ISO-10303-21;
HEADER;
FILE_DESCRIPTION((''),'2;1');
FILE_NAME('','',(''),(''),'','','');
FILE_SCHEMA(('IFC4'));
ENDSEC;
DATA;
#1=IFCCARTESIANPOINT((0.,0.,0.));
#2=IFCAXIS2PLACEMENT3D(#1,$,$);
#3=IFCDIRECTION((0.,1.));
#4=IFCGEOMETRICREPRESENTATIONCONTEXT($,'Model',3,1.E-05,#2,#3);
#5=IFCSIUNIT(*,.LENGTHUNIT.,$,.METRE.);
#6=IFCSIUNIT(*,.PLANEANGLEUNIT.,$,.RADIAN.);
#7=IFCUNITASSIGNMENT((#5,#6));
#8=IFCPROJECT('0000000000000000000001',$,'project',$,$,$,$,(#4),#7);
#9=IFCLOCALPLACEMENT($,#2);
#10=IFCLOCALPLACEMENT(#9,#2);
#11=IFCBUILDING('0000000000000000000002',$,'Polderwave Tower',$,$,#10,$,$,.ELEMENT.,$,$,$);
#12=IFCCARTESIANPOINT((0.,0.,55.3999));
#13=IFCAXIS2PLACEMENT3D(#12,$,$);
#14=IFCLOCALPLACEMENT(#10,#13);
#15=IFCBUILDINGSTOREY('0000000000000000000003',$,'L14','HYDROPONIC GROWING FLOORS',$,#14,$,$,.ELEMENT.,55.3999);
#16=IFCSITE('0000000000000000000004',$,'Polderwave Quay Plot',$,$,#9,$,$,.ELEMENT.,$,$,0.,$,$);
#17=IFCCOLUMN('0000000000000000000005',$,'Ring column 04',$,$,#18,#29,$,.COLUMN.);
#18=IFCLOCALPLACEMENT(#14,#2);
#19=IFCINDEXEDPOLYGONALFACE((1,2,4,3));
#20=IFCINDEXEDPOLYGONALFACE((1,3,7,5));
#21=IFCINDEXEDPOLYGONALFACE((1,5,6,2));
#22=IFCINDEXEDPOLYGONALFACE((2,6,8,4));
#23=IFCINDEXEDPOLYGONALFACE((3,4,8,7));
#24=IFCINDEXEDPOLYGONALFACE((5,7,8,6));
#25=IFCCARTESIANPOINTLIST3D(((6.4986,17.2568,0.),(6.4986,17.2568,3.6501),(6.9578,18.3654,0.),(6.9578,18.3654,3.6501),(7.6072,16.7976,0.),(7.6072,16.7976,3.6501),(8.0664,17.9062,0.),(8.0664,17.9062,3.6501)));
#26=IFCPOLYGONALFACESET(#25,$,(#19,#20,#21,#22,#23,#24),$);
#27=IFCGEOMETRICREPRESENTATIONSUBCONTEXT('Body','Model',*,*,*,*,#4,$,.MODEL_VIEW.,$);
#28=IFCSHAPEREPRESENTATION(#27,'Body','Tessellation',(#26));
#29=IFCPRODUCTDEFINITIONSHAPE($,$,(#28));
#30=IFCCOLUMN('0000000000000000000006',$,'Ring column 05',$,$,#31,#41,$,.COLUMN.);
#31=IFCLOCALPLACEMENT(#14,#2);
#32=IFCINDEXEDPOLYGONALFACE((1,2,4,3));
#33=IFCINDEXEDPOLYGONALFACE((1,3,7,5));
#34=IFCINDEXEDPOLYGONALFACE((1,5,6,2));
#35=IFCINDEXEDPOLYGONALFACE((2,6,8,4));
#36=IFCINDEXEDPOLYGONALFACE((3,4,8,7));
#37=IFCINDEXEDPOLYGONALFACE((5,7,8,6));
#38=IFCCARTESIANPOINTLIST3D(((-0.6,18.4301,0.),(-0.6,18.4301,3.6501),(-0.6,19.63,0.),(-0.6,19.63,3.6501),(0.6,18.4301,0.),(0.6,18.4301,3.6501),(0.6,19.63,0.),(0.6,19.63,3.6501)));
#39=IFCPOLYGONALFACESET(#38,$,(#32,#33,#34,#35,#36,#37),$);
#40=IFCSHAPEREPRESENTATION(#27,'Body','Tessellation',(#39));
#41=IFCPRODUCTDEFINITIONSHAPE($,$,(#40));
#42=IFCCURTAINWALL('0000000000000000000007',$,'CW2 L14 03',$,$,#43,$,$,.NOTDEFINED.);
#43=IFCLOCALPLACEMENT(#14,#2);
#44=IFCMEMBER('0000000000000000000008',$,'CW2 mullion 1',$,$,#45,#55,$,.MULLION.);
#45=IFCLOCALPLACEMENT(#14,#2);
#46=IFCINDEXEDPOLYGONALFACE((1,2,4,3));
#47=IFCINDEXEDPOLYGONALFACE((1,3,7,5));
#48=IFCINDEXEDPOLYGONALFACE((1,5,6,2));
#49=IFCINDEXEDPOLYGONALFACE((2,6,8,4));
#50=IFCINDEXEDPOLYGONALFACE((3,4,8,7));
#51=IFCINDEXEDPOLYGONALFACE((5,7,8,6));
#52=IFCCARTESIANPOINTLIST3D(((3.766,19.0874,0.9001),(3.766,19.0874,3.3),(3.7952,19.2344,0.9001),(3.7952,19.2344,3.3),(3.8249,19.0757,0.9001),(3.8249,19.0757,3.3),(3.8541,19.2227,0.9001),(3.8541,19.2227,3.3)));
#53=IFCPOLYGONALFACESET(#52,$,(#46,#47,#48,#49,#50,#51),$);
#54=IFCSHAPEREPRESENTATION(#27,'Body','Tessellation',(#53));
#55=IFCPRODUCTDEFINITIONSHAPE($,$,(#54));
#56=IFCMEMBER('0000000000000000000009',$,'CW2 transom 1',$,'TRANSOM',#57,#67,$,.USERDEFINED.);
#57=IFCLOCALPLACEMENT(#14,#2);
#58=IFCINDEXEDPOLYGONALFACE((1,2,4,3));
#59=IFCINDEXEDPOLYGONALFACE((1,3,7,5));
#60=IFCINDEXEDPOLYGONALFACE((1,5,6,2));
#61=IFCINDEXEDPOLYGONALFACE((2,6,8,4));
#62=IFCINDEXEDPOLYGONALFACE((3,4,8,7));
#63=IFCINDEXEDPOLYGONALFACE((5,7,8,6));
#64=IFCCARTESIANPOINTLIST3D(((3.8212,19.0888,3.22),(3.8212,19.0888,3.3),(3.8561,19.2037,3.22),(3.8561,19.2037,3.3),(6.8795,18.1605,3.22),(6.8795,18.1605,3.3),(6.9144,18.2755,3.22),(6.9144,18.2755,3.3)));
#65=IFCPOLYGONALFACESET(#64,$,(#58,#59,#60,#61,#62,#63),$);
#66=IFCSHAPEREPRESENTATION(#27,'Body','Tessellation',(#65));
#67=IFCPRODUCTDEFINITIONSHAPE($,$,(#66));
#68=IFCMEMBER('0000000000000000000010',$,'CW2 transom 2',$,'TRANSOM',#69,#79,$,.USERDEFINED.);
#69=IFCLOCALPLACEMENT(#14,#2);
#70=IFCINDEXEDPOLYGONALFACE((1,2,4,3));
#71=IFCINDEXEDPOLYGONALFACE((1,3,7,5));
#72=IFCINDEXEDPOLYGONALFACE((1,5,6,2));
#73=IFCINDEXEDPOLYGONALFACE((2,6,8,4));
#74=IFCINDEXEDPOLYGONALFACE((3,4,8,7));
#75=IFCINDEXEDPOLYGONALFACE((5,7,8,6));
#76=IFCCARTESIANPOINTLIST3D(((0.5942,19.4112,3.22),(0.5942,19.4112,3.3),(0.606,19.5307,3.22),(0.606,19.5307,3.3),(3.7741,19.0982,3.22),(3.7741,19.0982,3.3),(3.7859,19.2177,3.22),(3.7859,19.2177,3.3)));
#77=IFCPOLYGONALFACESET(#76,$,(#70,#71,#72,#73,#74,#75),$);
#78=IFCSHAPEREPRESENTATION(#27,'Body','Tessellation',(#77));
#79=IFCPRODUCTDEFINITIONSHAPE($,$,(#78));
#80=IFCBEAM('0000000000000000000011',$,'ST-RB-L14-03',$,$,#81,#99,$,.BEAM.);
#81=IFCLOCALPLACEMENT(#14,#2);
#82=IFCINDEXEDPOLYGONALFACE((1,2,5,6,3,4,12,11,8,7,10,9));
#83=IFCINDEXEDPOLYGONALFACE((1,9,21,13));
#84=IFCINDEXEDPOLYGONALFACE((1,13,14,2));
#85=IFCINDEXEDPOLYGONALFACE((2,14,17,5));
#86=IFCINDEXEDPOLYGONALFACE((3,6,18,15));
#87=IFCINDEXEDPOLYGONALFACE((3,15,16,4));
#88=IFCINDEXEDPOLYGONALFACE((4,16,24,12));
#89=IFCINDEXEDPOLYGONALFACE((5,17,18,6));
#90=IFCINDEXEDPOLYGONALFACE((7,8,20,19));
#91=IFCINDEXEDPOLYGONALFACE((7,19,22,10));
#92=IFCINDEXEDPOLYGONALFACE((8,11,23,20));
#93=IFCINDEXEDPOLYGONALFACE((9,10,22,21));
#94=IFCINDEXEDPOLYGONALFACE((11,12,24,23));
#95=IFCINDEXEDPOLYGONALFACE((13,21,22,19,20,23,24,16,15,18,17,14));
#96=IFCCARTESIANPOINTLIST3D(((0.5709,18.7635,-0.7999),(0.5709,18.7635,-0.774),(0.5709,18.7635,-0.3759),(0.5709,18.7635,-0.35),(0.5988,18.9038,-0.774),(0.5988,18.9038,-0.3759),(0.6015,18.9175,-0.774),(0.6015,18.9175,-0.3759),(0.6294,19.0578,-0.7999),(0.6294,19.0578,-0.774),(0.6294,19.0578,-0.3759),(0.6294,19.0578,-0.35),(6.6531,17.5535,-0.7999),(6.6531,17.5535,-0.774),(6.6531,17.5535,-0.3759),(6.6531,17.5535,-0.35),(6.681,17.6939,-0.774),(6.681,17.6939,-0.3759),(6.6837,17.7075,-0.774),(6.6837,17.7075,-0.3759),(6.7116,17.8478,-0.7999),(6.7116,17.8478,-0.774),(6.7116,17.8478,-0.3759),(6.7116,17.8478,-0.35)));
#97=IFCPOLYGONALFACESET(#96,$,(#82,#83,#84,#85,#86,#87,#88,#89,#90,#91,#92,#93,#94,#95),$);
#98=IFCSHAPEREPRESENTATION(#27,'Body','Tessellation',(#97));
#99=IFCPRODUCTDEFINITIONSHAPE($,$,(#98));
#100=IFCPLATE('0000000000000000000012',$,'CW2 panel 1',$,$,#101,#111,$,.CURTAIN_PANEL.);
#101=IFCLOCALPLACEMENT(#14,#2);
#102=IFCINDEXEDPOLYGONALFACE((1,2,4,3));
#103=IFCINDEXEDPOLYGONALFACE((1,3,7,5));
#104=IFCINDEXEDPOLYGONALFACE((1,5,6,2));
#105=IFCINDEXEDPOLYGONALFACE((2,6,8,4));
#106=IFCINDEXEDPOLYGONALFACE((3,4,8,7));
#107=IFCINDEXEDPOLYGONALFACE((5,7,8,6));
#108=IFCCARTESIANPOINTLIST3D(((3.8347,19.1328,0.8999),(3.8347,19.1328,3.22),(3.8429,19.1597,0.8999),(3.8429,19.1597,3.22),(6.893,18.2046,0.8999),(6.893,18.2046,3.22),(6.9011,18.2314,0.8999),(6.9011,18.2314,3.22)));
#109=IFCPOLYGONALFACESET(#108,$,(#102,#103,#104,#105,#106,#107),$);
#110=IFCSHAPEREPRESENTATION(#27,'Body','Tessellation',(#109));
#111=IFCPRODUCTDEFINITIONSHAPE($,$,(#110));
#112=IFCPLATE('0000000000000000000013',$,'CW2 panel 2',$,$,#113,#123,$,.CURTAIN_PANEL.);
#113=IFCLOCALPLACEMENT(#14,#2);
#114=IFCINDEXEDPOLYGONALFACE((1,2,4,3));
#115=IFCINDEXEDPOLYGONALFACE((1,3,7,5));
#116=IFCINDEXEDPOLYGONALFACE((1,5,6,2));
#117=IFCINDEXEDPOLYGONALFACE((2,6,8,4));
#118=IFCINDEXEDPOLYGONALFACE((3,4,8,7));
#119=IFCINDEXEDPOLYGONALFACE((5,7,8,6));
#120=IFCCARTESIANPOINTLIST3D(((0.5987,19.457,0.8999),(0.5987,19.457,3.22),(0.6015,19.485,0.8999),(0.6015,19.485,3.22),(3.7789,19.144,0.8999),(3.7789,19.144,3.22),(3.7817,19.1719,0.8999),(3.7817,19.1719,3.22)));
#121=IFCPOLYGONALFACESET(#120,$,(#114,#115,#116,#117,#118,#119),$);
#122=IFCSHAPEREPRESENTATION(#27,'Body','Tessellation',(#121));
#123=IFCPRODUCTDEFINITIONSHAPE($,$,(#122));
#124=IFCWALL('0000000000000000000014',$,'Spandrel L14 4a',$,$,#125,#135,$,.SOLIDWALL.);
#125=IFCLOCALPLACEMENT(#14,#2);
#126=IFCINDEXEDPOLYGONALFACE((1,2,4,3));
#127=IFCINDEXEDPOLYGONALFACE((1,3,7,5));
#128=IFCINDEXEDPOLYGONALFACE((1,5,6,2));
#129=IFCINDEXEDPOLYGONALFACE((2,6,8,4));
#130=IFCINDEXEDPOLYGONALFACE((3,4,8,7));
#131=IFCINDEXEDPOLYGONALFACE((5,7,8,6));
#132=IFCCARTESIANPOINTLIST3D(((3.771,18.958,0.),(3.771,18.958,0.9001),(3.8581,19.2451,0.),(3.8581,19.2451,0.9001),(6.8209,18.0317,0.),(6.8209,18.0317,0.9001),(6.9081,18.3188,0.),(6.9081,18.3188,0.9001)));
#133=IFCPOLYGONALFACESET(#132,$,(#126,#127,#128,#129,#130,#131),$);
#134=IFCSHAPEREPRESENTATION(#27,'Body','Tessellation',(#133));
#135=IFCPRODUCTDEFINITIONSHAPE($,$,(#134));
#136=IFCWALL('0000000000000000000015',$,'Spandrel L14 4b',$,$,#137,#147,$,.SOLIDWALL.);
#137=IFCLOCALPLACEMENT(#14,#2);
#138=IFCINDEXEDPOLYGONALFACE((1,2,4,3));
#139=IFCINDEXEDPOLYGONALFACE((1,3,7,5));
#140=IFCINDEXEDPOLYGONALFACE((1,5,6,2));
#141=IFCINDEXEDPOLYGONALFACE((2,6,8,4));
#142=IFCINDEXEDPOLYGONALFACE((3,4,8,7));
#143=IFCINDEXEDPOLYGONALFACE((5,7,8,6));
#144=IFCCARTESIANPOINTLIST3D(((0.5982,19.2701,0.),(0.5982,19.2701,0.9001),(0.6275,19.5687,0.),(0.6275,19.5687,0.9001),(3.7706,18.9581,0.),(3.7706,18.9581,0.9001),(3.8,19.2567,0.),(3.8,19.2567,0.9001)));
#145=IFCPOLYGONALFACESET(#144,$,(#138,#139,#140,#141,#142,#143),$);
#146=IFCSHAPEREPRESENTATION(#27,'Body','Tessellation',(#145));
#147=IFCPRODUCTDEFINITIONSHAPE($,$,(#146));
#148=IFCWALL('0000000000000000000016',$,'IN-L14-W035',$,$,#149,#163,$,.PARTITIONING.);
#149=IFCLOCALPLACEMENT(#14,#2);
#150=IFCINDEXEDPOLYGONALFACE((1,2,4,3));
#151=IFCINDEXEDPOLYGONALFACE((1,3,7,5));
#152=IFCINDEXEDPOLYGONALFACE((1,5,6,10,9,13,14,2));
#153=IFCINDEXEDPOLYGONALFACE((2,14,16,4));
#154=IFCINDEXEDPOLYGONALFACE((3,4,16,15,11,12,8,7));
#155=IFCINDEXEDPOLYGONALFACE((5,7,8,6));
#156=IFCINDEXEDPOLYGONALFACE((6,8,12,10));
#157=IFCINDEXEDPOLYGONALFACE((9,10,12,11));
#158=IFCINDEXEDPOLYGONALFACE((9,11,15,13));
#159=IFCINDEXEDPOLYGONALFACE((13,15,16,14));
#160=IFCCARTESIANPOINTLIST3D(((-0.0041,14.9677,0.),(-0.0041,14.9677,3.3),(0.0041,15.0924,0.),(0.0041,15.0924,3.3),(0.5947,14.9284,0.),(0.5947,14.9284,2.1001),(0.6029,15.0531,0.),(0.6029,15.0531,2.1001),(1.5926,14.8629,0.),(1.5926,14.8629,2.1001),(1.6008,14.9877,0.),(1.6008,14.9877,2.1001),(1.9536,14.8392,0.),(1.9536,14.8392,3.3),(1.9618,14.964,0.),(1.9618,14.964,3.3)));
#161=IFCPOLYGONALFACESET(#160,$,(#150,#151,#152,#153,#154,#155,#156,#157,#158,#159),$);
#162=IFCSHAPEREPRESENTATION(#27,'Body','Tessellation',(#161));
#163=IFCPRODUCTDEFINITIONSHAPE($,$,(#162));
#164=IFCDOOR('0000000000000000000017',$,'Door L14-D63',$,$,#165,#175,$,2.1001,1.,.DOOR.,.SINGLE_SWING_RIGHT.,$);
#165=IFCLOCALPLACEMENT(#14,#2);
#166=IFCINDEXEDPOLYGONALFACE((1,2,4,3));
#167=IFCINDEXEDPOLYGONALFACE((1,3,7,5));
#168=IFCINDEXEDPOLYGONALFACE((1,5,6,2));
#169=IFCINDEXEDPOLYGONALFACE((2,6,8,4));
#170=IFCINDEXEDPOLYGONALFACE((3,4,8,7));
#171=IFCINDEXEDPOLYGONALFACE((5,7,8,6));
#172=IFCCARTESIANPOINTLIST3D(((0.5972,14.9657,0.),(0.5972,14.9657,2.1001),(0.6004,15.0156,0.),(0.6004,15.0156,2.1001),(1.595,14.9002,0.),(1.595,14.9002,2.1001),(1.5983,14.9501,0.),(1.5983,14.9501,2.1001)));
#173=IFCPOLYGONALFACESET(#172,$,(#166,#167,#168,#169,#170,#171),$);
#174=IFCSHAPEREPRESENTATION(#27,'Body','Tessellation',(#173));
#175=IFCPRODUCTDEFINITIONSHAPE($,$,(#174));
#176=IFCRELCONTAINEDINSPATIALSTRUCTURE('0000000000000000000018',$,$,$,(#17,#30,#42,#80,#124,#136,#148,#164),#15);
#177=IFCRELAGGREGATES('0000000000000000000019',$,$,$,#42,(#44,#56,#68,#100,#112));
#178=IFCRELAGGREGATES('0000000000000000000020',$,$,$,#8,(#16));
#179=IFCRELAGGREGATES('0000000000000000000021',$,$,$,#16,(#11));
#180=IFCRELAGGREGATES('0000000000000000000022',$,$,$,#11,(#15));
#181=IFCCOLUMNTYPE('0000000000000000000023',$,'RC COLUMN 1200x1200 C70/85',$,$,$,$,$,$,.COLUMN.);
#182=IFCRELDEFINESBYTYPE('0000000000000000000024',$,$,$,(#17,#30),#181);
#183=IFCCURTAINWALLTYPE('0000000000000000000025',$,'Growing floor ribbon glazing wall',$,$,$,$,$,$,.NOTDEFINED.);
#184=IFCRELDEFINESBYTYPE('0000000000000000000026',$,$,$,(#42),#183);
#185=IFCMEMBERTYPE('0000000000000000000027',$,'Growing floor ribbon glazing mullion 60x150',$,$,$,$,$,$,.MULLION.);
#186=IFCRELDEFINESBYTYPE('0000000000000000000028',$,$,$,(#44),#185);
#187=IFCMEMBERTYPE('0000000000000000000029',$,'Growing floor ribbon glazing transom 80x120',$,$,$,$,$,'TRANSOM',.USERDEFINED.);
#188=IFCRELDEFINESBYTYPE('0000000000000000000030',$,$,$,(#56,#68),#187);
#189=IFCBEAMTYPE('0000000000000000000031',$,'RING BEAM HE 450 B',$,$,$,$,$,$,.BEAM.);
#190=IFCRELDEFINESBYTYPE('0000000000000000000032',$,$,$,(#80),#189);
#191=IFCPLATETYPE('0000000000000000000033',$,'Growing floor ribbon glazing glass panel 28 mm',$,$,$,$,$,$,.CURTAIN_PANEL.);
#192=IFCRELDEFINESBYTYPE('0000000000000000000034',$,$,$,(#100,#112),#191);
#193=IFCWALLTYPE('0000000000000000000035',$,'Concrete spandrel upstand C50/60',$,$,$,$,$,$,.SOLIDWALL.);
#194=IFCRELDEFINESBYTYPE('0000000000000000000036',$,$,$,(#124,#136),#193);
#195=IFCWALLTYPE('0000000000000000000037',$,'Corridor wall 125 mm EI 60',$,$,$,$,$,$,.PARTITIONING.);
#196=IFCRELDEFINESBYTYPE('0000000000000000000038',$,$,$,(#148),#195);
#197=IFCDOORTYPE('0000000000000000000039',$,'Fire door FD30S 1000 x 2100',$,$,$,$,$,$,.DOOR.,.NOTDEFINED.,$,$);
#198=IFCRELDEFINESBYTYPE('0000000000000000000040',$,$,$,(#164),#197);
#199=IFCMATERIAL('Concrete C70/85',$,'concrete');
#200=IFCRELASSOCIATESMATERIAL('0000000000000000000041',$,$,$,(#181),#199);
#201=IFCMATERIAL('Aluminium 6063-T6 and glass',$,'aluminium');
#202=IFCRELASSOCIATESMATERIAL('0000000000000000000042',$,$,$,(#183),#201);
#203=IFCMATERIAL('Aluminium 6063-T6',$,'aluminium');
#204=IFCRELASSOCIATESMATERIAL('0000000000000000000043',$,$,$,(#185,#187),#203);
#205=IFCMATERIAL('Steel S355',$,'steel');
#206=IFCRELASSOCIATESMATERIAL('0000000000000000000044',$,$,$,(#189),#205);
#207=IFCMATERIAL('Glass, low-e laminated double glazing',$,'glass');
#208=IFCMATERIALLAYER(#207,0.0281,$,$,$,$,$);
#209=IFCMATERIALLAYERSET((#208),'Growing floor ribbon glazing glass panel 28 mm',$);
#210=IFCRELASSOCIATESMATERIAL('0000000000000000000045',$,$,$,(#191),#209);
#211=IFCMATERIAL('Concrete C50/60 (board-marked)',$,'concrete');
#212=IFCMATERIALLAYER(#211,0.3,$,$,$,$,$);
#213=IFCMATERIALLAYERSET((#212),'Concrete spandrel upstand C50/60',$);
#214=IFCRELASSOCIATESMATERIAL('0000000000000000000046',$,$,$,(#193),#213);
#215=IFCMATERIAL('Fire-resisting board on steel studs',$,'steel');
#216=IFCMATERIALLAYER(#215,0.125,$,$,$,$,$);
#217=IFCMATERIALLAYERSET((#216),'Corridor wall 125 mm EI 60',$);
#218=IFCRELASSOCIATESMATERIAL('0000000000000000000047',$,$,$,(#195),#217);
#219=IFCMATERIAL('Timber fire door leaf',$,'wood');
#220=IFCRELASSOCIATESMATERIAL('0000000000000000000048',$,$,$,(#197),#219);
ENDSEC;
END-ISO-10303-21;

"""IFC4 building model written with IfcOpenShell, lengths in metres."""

from ifc_helpers import new_model, si_unit, direction, frame, frame_2d, origin, origin_2d, place, context, subcontext, project, spatial, rectangle, i_section, extrude, material, layer, layer_set, material_profile, profile_set, type_object, element, fill, aggregate, save


model = new_model("IFC4")

# Units and contexts
model_context = context("Model", 3, precision=1e-05, world=origin(), true_north=direction((0.0, 1.0)))
body_context = subcontext(model_context, "Body", "Model", "MODEL_VIEW")
ifc_project = project(units=[si_unit("LENGTHUNIT", "METRE"), si_unit("PLANEANGLEUNIT", "RADIAN")], contexts=[model_context])

# Site, building, storey
site_placement = place(None, origin())
site = spatial("IfcSite", under=ifc_project, at=site_placement, Name="Polderwave Quay Plot", CompositionType="ELEMENT", RefElevation=0.0)
building_placement = place(site_placement, origin())
building = spatial("IfcBuilding", under=site, at=building_placement, Name="Polderwave Tower", CompositionType="ELEMENT")
storey_placement = place(building_placement, frame((0.0, 0.0, 55.3999)))
storey = spatial("IfcBuildingStorey", under=building, at=storey_placement, Name="L14", Description="HYDROPONIC GROWING FLOORS", CompositionType="ELEMENT", Elevation=55.3999)

# Columns
ifc_material_1 = material(Name="Concrete C70/85", Category="concrete")
ifc_material_profile_1 = material_profile(ifc_material_1, rectangle(XDim=1.2, YDim=1.2, at=origin_2d()), Name="RC 1200x1200")
ifc_profile_set_1 = profile_set([ifc_material_profile_1], Name="Concrete C70/85")
column_type = type_object("IfcColumnType", Name="RC COLUMN 1200x1200 C70/85", PredefinedType="COLUMN", material=ifc_profile_set_1)
for number, where, z_axis, x_axis, name in (
    (1, (7.2825, 17.5815, 0.0), (0.0, 0.0, 1.0), (0.382683, 0.92388, 0.0), "Ring column 04"),
    (2, (0.0, 19.03, 0.0), (0.0, 0.0, 1.0), (0.0, 1.0, 0.0), "Ring column 05"),
):
    element("IfcColumn", number, at=place(storey_placement, frame(where, z_axis=z_axis, x_axis=x_axis)), inside=storey, type_object=column_type, Name=name, PredefinedType="COLUMN", context=body_context, shape_type="SweptSolid", body=[
        extrude(rectangle(XDim=1.2, YDim=1.2, at=origin_2d()), origin(), (0.0, 0.0, 1.0), 3.6501),
    ])

# Curtain wall, members
ifc_material_2 = material(Name="Aluminium 6063-T6 and glass", Category="aluminium")
curtain_wall_type = type_object("IfcCurtainWallType", Name="Growing floor ribbon glazing wall", PredefinedType="NOTDEFINED", material=ifc_material_2)
curtain_wall_placement = place(storey_placement, origin())
curtain_wall = element("IfcCurtainWall", 3, at=curtain_wall_placement, inside=storey, type_object=curtain_wall_type, Name="CW2 L14 03", PredefinedType="NOTDEFINED")
ifc_material_3 = material(Name="Aluminium 6063-T6", Category="aluminium")
ifc_material_profile_2 = material_profile(ifc_material_3, rectangle(XDim=0.1499, YDim=0.0601, at=origin_2d()), Name="AL 60x150")
ifc_profile_set_2 = profile_set([ifc_material_profile_2], Name="Aluminium 6063-T6")
member_type_1 = type_object("IfcMemberType", Name="Growing floor ribbon glazing mullion 60x150", PredefinedType="MULLION", material=ifc_profile_set_2)
member_1_placement = place(storey_placement, frame((3.8101, 19.155, 0.9001), z_axis=(0.0, 0.0, 1.0), x_axis=(-0.195149, -0.980774, 0.0)))
member_1 = element("IfcMember", 4, at=member_1_placement, type_object=member_type_1, Name="CW2 mullion 1", PredefinedType="MULLION", context=body_context, shape_type="SweptSolid", body=[
    extrude(rectangle(XDim=0.1499, YDim=0.0601, at=origin_2d()), origin(), (0.0, 0.0, 1.0), 2.3999),
])
ifc_material_profile_3 = material_profile(ifc_material_3, rectangle(XDim=0.1201, YDim=0.0801, at=origin_2d()), Name="AL 80x120")
ifc_profile_set_3 = profile_set([ifc_material_profile_3], Name="Aluminium 6063-T6")
member_type_2 = type_object("IfcMemberType", Name="Growing floor ribbon glazing transom 80x120", ElementType="TRANSOM", PredefinedType="USERDEFINED", material=ifc_profile_set_3)
member_2_placement = place(storey_placement, frame((6.897, 18.218, 3.26), z_axis=(-0.956898, 0.290423, 0.0), x_axis=(-0.290423, -0.956898, 0.0)))
member_2 = element("IfcMember", 5, at=member_2_placement, type_object=member_type_2, Name="CW2 transom 1", ObjectType="TRANSOM", PredefinedType="USERDEFINED", context=body_context, shape_type="SweptSolid", body=[
    extrude(rectangle(XDim=0.1201, YDim=0.0801, at=origin_2d()), origin(), (0.0, 0.0, 1.0), 3.196),
])
member_3_placement = place(storey_placement, frame((3.78, 19.158, 3.26), z_axis=(-0.995191, 0.097953, 0.0), x_axis=(-0.097953, -0.995191, 0.0)))
member_3 = element("IfcMember", 6, at=member_3_placement, type_object=member_type_2, Name="CW2 transom 2", ObjectType="TRANSOM", PredefinedType="USERDEFINED", context=body_context, shape_type="SweptSolid", body=[
    extrude(rectangle(XDim=0.1201, YDim=0.0801, at=origin_2d()), origin(), (0.0, 0.0, 1.0), 3.1953),
])

# Beam
ifc_material_4 = material(Name="Steel S355", Category="steel")
ifc_material_profile_4 = material_profile(ifc_material_4, i_section(OverallWidth=0.3, OverallDepth=0.45, WebThickness=0.0139, FlangeThickness=0.0259, at=origin_2d()), Name="HE 450 B")
ifc_profile_set_4 = profile_set([ifc_material_profile_4], Name="Steel S355")
beam_type = type_object("IfcBeamType", Name="RING BEAM HE 450 B", PredefinedType="BEAM", material=ifc_profile_set_4)
beam_placement = place(storey_placement, frame((6.6824, 17.7007, -0.575), z_axis=(-0.980782, 0.195109, 0.0), x_axis=(-0.195109, -0.980782, 0.0)))
element("IfcBeam", 7, at=beam_placement, inside=storey, type_object=beam_type, Name="ST-RB-L14-03", PredefinedType="BEAM", context=body_context, shape_type="SweptSolid", body=[
    extrude(i_section(OverallWidth=0.3, OverallDepth=0.45, WebThickness=0.0139, FlangeThickness=0.0259, at=origin_2d()), origin(), (0.0, 0.0, 1.0), 6.2014),
])

# Plates
ifc_material_5 = material(Name="Glass, low-e laminated double glazing", Category="glass")
ifc_layer_1 = layer(ifc_material_5, 0.0281)
ifc_layer_set_1 = layer_set([ifc_layer_1], Name="Growing floor ribbon glazing glass panel 28 mm")
plate_type = type_object("IfcPlateType", Name="Growing floor ribbon glazing glass panel 28 mm", PredefinedType="CURTAIN_PANEL", material=ifc_layer_set_1)
plate_1_placement = place(storey_placement, frame((5.3679, 18.6821, 0.8999), z_axis=(0.0, 0.0, 1.0), x_axis=(-0.956891, 0.290447, 0.0)))
plate_1 = element("IfcPlate", 8, at=plate_1_placement, type_object=plate_type, Name="CW2 panel 1", PredefinedType="CURTAIN_PANEL", context=body_context, shape_type="SweptSolid", body=[
    extrude(rectangle(XDim=3.196, YDim=0.0281, at=origin_2d()), origin(), (0.0, 0.0, 1.0), 2.3201),
])
plate_2_placement = place(storey_placement, frame((2.1902, 19.3145, 0.8999), z_axis=(0.0, 0.0, 1.0), x_axis=(-0.99519, 0.097969, 0.0)))
plate_2 = element("IfcPlate", 9, at=plate_2_placement, type_object=plate_type, Name="CW2 panel 2", PredefinedType="CURTAIN_PANEL", context=body_context, shape_type="SweptSolid", body=[
    extrude(rectangle(XDim=3.1956, YDim=0.0281, at=origin_2d()), origin(), (0.0, 0.0, 1.0), 2.3201),
])
aggregate(curtain_wall, [member_1, member_2, member_3, plate_1, plate_2])

# Walls
ifc_material_6 = material(Name="Concrete C50/60 (board-marked)", Category="concrete")
ifc_layer_2 = layer(ifc_material_6, 0.3)
ifc_layer_set_2 = layer_set([ifc_layer_2], Name="Concrete spandrel upstand C50/60")
wall_type_1 = type_object("IfcWallType", Name="Concrete spandrel upstand C50/60", PredefinedType="SOLIDWALL", material=ifc_layer_set_2)
wall_1_placement = place(storey_placement, frame((6.8645, 18.1753, 0.0), z_axis=(0.0, 0.0, 1.0), x_axis=(-0.956849, 0.290586, 0.0)))
element("IfcWall", 10, at=wall_1_placement, inside=storey, type_object=wall_type_1, Name="Spandrel L14 4a", PredefinedType="SOLIDWALL", context=body_context, shape_type="SweptSolid", body=[
    extrude(rectangle(XDim=3.1875, YDim=0.3, at=frame_2d((1.5938, 0.0))), origin(), (0.0, 0.0, 1.0), 0.9001),
])
wall_2_placement = place(storey_placement, frame((3.7852, 19.1074, 0.0), z_axis=(0.0, 0.0, 1.0), x_axis=(-0.995198, 0.097881, 0.0)))
element("IfcWall", 11, at=wall_2_placement, inside=storey, type_object=wall_type_1, Name="Spandrel L14 4b", PredefinedType="SOLIDWALL", context=body_context, shape_type="SweptSolid", body=[
    extrude(rectangle(XDim=3.1877, YDim=0.3, at=frame_2d((1.5938, 0.0))), origin(), (0.0, 0.0, 1.0), 0.9001),
])

# Wall, opening, door
ifc_material_7 = material(Name="Fire-resisting board on steel studs", Category="steel")
ifc_layer_3 = layer(ifc_material_7, 0.125)
ifc_layer_set_3 = layer_set([ifc_layer_3], Name="Corridor wall 125 mm EI 60")
wall_type_2 = type_object("IfcWallType", Name="Corridor wall 125 mm EI 60", PredefinedType="PARTITIONING", material=ifc_layer_set_3)
wall_3_placement = place(storey_placement, frame((0.0, 15.03, 0.0), z_axis=(0.0, 0.0, 1.0), x_axis=(0.997856, -0.065454, 0.0)))
wall_3 = element("IfcWall", 12, at=wall_3_placement, inside=storey, type_object=wall_type_2, Name="IN-L14-W035", PredefinedType="PARTITIONING", context=body_context, shape_type="SweptSolid", body=[
    extrude(rectangle(XDim=1.9619, YDim=0.125, at=frame_2d((0.981, 0.0))), origin(), (0.0, 0.0, 1.0), 3.3),
])
opening_1_placement = place(wall_3_placement, frame((0.6001, 0.0, 0.0)))
opening_1 = element("IfcOpeningElement", 13, at=opening_1_placement, cuts=wall_3, PredefinedType="OPENING", context=body_context, shape_type="SweptSolid", body=[
    extrude(rectangle(XDim=1.0, YDim=2.1001, at=frame_2d((0.5, 1.05))), frame((0.0, 0.0725, 0.0), z_axis=(0.0, -1.0, 0.0), x_axis=(1.0, 0.0, 0.0)), (0.0, 0.0, 1.0), 0.145),
])
ifc_material_8 = material(Name="Timber fire door leaf", Category="wood")
door_type_1 = type_object("IfcDoorType", Name="Fire door FD30S 1000 x 2100", OperationType="NOTDEFINED", PredefinedType="DOOR", material=ifc_material_8)
door_1_placement = place(opening_1_placement, origin())
door_1 = element("IfcDoor", 14, at=door_1_placement, inside=storey, type_object=door_type_1, Name="Door L14-D63", OperationType="SINGLE_SWING_RIGHT", OverallHeight=2.1001, OverallWidth=1.0, PredefinedType="DOOR", context=body_context, shape_type="SweptSolid", body=[
    extrude(rectangle(XDim=1.0, YDim=2.1001, at=frame_2d((0.5, 1.05))), frame((0.0, 0.0249, 0.0), z_axis=(0.0, -1.0, 0.0), x_axis=(1.0, 0.0, 0.0)), (0.0, 0.0, 1.0), 0.05),
])
fill(opening_1, door_1)

save(model, "model.ifc")
